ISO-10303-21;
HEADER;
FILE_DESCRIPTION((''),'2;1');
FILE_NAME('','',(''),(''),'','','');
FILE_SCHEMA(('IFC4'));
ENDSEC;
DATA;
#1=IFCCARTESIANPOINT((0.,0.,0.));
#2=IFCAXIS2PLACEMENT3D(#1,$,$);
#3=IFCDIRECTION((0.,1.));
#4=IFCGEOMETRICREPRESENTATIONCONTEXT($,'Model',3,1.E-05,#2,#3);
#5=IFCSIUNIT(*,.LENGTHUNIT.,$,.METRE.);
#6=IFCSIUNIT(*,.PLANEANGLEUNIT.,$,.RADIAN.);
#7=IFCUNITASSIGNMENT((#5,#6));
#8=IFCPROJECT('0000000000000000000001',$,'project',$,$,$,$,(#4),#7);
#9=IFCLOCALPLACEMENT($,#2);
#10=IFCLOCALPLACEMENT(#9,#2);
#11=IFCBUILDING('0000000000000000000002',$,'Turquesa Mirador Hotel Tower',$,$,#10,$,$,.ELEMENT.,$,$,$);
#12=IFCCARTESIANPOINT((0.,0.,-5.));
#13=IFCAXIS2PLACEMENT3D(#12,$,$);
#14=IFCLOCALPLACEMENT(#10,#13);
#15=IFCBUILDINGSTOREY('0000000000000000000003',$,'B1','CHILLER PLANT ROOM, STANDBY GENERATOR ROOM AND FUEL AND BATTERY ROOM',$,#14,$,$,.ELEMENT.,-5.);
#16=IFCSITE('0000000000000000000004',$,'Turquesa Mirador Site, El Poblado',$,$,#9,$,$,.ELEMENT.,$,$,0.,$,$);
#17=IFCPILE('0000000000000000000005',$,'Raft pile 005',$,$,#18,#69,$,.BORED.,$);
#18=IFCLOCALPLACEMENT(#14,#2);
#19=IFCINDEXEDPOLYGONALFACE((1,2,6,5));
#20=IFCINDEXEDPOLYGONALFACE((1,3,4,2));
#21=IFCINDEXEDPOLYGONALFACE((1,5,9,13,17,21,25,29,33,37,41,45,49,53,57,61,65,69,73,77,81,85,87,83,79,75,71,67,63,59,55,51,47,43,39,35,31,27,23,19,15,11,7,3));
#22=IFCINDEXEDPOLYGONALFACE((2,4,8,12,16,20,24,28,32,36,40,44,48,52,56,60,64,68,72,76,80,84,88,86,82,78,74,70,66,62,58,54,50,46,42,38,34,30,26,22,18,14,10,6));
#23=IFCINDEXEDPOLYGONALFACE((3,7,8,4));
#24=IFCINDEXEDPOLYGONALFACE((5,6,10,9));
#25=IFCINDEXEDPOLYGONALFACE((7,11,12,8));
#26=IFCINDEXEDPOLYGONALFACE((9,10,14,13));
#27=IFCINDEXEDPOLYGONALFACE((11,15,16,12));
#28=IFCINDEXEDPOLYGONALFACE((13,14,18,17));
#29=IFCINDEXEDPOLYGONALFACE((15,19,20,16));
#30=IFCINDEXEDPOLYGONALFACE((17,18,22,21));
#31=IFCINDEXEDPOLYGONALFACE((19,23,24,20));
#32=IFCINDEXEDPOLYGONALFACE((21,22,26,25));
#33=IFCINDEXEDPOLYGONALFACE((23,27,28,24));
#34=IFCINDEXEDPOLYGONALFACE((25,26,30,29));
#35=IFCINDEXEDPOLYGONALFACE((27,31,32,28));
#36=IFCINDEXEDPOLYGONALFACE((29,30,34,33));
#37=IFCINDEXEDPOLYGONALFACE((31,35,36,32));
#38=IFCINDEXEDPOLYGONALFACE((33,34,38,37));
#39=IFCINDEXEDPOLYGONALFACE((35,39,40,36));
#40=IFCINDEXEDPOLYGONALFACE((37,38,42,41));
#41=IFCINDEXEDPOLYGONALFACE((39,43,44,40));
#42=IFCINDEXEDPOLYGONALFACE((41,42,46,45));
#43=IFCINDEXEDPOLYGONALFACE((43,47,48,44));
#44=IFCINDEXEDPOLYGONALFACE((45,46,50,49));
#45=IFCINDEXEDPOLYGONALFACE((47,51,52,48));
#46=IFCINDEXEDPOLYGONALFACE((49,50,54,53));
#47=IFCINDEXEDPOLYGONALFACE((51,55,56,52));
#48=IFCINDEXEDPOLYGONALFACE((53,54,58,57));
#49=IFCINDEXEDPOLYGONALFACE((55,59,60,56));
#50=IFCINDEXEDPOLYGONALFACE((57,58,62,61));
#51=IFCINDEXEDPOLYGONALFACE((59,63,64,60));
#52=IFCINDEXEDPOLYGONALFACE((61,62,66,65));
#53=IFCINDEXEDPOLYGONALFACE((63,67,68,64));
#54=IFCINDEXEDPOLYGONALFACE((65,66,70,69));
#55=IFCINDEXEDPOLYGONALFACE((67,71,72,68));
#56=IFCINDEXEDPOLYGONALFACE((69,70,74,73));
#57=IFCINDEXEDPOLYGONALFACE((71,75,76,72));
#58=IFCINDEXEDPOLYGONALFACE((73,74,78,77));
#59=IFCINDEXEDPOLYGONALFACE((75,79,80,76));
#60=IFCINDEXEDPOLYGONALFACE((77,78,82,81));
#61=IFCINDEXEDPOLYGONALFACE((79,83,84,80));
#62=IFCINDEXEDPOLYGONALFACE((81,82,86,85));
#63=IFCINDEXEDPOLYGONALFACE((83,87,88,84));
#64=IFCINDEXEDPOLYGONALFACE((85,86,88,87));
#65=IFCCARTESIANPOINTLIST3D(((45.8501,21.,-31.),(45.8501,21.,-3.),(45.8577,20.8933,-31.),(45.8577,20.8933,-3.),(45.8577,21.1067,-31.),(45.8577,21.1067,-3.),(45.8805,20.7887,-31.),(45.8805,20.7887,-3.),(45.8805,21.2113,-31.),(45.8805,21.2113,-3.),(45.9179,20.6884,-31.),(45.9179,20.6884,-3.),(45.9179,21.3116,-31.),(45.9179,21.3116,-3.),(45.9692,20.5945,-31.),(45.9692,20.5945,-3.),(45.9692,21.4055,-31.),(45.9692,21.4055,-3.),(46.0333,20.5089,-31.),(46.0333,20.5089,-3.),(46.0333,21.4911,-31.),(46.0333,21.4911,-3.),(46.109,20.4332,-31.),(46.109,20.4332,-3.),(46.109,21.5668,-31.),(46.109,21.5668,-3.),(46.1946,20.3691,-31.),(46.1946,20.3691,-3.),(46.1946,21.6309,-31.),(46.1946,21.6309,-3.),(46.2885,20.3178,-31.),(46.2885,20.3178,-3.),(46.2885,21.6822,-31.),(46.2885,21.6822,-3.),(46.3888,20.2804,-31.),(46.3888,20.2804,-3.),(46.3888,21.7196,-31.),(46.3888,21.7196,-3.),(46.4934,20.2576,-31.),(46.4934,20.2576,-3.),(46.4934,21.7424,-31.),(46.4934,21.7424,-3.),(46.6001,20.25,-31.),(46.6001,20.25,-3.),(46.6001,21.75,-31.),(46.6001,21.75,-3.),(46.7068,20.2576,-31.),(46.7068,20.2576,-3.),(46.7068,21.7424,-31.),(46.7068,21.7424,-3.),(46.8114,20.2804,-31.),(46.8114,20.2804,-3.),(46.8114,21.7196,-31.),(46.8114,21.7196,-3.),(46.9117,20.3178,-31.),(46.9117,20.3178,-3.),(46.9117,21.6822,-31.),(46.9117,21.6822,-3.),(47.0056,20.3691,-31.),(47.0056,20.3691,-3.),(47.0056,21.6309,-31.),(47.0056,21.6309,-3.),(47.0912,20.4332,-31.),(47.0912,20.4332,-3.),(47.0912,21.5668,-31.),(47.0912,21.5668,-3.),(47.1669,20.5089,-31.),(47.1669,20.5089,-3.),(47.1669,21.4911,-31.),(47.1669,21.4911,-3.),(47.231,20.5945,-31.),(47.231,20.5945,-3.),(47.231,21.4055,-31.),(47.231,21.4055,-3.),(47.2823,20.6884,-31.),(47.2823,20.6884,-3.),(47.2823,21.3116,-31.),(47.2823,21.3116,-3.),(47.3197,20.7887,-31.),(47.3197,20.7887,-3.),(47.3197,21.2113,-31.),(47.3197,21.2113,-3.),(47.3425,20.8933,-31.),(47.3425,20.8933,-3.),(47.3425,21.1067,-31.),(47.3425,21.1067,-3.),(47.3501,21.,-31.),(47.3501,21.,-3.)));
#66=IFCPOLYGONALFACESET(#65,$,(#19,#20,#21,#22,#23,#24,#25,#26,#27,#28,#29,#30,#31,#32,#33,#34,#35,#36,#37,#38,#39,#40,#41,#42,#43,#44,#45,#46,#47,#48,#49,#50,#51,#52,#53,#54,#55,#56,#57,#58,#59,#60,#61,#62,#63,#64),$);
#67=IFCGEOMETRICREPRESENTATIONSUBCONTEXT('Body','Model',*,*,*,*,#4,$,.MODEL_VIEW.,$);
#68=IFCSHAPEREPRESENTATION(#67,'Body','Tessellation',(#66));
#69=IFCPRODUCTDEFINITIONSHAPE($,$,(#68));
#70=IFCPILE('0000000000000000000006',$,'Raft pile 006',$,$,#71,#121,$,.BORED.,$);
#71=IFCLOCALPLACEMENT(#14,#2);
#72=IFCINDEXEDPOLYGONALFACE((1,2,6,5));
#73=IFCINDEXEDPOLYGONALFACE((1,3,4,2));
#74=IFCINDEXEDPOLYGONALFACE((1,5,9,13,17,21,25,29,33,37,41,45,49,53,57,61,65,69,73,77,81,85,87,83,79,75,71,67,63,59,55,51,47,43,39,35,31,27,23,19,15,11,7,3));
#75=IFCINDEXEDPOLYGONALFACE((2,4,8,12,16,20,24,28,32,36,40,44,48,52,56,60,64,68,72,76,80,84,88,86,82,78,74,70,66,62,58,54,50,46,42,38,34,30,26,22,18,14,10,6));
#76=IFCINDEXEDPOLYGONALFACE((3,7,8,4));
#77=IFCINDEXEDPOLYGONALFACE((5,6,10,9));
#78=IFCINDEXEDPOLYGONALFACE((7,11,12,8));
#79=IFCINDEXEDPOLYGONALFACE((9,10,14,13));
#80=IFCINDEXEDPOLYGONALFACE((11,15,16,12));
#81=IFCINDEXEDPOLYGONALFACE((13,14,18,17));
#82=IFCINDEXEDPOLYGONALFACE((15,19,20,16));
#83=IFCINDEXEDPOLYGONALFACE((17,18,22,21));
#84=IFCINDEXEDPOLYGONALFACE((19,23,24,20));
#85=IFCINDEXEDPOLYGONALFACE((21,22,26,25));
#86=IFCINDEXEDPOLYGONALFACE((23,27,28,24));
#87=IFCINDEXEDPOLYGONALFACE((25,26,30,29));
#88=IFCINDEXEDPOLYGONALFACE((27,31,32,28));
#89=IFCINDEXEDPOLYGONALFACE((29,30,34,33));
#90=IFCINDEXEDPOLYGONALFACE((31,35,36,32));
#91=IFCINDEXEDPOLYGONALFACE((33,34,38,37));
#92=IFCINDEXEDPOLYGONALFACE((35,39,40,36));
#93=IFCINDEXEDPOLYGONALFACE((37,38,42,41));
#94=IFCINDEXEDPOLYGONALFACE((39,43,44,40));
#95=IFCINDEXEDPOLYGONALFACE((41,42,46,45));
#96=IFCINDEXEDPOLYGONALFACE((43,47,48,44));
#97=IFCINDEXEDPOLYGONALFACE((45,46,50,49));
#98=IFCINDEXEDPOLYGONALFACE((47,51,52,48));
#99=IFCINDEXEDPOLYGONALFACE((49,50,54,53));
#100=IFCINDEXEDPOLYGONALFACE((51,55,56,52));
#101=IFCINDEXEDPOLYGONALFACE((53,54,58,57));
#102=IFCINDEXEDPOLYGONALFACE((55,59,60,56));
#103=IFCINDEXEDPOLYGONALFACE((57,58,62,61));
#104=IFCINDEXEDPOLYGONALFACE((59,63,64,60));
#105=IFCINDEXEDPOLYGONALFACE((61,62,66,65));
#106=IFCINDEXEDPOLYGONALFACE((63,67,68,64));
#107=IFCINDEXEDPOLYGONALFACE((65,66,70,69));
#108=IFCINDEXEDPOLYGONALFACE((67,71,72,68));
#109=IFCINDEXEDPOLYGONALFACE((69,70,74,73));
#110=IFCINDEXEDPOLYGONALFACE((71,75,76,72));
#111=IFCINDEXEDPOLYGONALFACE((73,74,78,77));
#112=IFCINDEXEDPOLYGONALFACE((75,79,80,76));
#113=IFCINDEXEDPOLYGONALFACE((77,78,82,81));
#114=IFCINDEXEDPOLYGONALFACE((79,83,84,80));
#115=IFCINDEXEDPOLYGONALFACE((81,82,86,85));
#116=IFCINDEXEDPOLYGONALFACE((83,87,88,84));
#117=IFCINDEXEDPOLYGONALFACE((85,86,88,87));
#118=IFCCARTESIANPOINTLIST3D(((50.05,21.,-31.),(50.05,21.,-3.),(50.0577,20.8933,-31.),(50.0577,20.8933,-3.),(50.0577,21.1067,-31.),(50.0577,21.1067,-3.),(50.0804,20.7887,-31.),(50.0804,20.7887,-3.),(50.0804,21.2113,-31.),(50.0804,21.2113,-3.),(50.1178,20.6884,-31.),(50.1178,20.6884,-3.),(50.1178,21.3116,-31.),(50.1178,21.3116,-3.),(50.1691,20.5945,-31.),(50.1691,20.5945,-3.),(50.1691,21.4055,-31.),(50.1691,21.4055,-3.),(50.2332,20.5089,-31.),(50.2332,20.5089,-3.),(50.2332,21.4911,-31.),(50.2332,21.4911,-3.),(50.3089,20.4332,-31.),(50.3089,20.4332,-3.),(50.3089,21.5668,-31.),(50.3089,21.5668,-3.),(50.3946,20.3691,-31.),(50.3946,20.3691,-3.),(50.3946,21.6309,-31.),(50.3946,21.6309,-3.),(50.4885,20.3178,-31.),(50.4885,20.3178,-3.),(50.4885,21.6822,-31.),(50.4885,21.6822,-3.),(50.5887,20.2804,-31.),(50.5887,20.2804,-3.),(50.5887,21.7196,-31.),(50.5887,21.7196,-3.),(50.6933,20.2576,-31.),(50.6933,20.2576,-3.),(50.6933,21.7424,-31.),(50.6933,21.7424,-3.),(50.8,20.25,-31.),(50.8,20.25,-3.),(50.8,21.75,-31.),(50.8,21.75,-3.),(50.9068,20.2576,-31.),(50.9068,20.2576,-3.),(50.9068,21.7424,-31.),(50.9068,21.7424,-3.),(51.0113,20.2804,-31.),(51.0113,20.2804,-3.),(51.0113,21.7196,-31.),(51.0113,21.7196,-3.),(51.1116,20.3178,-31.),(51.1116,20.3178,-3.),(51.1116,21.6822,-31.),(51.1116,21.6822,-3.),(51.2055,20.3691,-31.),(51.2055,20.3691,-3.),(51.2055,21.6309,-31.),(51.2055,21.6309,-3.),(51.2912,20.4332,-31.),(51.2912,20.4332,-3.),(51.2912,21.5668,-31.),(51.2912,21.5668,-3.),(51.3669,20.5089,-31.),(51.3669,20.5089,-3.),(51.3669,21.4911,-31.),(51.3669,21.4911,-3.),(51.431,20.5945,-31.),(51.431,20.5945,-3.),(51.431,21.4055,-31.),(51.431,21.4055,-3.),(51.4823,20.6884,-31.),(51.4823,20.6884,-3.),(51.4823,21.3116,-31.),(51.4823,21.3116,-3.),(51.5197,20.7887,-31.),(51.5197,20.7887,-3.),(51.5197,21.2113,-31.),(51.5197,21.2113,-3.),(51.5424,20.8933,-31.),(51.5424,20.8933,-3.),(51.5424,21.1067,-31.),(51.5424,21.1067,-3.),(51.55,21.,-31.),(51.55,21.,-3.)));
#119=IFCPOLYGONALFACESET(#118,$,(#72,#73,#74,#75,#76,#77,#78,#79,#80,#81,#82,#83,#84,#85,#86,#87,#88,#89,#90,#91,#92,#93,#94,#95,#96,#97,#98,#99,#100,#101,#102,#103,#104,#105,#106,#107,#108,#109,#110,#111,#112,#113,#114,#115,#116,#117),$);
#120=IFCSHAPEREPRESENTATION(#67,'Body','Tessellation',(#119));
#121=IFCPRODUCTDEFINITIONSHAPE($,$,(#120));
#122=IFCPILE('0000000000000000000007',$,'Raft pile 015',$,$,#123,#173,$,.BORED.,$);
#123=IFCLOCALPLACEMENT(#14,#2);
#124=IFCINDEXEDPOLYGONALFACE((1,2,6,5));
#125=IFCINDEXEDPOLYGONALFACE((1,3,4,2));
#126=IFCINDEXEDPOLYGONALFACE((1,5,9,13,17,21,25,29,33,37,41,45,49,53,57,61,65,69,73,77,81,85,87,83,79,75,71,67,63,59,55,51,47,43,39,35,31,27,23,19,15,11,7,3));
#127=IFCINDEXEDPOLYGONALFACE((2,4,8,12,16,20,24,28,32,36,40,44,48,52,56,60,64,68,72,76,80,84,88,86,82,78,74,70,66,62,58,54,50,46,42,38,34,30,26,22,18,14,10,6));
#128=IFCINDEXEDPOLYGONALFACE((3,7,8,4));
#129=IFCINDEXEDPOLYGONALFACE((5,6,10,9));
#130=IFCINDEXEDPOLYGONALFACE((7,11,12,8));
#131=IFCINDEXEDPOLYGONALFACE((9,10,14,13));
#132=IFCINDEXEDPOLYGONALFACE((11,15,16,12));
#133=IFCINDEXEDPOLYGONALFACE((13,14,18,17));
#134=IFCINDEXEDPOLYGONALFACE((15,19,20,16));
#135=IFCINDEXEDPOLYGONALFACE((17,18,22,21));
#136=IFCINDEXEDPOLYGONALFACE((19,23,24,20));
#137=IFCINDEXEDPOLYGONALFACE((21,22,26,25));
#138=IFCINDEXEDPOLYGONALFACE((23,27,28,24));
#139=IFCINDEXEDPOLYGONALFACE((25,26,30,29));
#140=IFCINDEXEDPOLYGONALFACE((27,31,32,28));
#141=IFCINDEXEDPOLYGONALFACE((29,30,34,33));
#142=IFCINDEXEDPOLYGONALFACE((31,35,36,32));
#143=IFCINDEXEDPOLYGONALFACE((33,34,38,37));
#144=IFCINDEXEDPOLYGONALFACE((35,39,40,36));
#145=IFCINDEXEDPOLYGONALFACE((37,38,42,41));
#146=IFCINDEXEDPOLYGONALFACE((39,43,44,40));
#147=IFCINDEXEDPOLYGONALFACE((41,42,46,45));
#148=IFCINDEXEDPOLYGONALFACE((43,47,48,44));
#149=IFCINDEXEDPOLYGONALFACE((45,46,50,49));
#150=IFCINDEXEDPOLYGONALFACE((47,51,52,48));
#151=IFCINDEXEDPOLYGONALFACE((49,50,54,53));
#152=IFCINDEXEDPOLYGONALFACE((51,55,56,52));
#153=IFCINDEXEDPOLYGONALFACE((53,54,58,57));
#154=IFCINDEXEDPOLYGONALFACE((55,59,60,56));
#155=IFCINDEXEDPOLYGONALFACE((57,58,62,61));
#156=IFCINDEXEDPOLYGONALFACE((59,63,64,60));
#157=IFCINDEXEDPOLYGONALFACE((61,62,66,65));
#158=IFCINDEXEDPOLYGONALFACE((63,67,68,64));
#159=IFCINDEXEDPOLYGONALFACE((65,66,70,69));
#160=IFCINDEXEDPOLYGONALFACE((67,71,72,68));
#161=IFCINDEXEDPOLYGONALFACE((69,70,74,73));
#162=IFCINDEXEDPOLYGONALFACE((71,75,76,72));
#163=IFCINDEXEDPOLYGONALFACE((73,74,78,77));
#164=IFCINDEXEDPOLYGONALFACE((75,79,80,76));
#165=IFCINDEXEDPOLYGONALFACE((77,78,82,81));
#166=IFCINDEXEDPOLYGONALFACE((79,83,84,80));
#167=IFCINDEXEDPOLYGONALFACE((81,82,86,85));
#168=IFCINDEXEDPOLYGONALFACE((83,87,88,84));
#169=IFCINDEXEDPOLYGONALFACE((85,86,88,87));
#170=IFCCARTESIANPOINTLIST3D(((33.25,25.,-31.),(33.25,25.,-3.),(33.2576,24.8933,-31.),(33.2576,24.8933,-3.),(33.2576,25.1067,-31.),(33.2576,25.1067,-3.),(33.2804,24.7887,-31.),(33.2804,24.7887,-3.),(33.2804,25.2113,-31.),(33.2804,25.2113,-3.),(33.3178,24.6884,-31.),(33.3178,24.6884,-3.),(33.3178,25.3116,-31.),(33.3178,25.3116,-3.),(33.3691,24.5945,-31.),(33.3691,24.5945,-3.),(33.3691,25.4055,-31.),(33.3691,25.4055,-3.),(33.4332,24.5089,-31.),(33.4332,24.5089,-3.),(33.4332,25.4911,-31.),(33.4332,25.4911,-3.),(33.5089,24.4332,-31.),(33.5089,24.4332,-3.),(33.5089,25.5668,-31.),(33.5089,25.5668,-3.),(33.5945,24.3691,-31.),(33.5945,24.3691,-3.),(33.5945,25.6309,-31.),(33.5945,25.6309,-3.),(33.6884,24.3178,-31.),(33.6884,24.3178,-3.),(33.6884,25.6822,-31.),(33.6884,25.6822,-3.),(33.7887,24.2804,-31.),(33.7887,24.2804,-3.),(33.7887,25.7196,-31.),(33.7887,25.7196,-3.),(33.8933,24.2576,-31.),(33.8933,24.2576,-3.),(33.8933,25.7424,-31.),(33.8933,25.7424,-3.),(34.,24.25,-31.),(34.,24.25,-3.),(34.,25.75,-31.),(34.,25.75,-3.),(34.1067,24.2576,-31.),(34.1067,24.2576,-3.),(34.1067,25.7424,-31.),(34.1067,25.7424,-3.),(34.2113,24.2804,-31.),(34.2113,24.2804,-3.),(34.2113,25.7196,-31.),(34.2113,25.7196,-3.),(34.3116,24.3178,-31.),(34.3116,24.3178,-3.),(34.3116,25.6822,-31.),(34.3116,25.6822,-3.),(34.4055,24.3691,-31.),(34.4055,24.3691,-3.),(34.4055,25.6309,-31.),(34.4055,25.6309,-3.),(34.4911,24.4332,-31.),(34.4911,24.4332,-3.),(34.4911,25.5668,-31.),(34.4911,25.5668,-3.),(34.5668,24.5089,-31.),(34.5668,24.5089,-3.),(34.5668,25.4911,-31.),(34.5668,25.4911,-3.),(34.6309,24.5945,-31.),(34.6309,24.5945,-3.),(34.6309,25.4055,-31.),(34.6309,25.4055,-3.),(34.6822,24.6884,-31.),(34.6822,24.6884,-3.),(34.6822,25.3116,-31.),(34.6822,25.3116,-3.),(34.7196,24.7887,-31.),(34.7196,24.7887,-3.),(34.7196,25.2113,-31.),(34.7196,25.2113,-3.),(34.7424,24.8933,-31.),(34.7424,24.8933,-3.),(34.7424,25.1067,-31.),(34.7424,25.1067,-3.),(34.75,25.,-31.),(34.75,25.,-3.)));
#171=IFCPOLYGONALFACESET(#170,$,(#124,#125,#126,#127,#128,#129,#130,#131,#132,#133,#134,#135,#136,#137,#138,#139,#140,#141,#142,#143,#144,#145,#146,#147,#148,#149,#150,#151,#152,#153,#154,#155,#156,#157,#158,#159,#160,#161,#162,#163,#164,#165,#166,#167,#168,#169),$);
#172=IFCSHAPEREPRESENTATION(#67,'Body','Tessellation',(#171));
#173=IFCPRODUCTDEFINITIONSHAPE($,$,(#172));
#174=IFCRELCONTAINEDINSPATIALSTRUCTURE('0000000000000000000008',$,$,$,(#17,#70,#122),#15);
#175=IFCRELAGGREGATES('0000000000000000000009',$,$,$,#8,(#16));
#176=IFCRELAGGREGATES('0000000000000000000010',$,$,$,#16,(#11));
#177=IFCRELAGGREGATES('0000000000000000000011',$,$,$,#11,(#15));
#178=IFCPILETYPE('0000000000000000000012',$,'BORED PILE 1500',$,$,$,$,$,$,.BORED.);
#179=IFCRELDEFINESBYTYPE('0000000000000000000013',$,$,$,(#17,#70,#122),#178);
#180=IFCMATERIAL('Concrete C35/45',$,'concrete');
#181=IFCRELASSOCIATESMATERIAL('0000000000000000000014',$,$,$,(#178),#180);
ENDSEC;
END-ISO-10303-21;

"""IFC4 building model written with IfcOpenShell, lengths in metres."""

from ifc_helpers import new_model, si_unit, direction, frame, origin, origin_2d, place, context, subcontext, project, spatial, circle, extrude, material, type_object, element, save


model = new_model("IFC4")

# Units and contexts
model_context = context("Model", 3, precision=1e-05, world=origin(), true_north=direction((0.0, 1.0)))
body_context = subcontext(model_context, "Body", "Model", "MODEL_VIEW")
ifc_project = project(units=[si_unit("LENGTHUNIT", "METRE"), si_unit("PLANEANGLEUNIT", "RADIAN")], contexts=[model_context])

# Site, building, storey
site_placement = place(None, origin())
site = spatial("IfcSite", under=ifc_project, at=site_placement, Name="Turquesa Mirador Site, El Poblado", CompositionType="ELEMENT", RefElevation=0.0)
building_placement = place(site_placement, origin())
building = spatial("IfcBuilding", under=site, at=building_placement, Name="Turquesa Mirador Hotel Tower", CompositionType="ELEMENT")
storey_placement = place(building_placement, frame((0.0, 0.0, -5.0)))
storey = spatial("IfcBuildingStorey", under=building, at=storey_placement, Name="B1", Description="CHILLER PLANT ROOM, STANDBY GENERATOR ROOM AND FUEL AND BATTERY ROOM", CompositionType="ELEMENT", Elevation=-5.0)

# Piles
ifc_material_1 = material(Name="Concrete C35/45", Category="concrete")
pile_type = type_object("IfcPileType", Name="BORED PILE 1500", PredefinedType="BORED", material=ifc_material_1)
for number, where, z_axis, x_axis, name in (
    (1, (46.6001, 21.0, -3.0), (0.0, 0.0, -1.0), (1.0, 0.0, 0.0), "Raft pile 005"),
    (2, (50.8, 21.0, -3.0), (0.0, 0.0, -1.0), (1.0, 0.0, 0.0), "Raft pile 006"),
    (3, (34.0, 25.0, -3.0), (0.0, 0.0, -1.0), (1.0, 0.0, 0.0), "Raft pile 015"),
):
    element("IfcPile", number, at=place(storey_placement, frame(where, z_axis=z_axis, x_axis=x_axis)), inside=storey, type_object=pile_type, Name=name, PredefinedType="BORED", context=body_context, shape_type="SweptSolid", body=[
        extrude(circle(Radius=0.75, at=origin_2d()), origin(), (0.0, 0.0, 1.0), 28.0),
    ])

save(model, "model.ifc")
